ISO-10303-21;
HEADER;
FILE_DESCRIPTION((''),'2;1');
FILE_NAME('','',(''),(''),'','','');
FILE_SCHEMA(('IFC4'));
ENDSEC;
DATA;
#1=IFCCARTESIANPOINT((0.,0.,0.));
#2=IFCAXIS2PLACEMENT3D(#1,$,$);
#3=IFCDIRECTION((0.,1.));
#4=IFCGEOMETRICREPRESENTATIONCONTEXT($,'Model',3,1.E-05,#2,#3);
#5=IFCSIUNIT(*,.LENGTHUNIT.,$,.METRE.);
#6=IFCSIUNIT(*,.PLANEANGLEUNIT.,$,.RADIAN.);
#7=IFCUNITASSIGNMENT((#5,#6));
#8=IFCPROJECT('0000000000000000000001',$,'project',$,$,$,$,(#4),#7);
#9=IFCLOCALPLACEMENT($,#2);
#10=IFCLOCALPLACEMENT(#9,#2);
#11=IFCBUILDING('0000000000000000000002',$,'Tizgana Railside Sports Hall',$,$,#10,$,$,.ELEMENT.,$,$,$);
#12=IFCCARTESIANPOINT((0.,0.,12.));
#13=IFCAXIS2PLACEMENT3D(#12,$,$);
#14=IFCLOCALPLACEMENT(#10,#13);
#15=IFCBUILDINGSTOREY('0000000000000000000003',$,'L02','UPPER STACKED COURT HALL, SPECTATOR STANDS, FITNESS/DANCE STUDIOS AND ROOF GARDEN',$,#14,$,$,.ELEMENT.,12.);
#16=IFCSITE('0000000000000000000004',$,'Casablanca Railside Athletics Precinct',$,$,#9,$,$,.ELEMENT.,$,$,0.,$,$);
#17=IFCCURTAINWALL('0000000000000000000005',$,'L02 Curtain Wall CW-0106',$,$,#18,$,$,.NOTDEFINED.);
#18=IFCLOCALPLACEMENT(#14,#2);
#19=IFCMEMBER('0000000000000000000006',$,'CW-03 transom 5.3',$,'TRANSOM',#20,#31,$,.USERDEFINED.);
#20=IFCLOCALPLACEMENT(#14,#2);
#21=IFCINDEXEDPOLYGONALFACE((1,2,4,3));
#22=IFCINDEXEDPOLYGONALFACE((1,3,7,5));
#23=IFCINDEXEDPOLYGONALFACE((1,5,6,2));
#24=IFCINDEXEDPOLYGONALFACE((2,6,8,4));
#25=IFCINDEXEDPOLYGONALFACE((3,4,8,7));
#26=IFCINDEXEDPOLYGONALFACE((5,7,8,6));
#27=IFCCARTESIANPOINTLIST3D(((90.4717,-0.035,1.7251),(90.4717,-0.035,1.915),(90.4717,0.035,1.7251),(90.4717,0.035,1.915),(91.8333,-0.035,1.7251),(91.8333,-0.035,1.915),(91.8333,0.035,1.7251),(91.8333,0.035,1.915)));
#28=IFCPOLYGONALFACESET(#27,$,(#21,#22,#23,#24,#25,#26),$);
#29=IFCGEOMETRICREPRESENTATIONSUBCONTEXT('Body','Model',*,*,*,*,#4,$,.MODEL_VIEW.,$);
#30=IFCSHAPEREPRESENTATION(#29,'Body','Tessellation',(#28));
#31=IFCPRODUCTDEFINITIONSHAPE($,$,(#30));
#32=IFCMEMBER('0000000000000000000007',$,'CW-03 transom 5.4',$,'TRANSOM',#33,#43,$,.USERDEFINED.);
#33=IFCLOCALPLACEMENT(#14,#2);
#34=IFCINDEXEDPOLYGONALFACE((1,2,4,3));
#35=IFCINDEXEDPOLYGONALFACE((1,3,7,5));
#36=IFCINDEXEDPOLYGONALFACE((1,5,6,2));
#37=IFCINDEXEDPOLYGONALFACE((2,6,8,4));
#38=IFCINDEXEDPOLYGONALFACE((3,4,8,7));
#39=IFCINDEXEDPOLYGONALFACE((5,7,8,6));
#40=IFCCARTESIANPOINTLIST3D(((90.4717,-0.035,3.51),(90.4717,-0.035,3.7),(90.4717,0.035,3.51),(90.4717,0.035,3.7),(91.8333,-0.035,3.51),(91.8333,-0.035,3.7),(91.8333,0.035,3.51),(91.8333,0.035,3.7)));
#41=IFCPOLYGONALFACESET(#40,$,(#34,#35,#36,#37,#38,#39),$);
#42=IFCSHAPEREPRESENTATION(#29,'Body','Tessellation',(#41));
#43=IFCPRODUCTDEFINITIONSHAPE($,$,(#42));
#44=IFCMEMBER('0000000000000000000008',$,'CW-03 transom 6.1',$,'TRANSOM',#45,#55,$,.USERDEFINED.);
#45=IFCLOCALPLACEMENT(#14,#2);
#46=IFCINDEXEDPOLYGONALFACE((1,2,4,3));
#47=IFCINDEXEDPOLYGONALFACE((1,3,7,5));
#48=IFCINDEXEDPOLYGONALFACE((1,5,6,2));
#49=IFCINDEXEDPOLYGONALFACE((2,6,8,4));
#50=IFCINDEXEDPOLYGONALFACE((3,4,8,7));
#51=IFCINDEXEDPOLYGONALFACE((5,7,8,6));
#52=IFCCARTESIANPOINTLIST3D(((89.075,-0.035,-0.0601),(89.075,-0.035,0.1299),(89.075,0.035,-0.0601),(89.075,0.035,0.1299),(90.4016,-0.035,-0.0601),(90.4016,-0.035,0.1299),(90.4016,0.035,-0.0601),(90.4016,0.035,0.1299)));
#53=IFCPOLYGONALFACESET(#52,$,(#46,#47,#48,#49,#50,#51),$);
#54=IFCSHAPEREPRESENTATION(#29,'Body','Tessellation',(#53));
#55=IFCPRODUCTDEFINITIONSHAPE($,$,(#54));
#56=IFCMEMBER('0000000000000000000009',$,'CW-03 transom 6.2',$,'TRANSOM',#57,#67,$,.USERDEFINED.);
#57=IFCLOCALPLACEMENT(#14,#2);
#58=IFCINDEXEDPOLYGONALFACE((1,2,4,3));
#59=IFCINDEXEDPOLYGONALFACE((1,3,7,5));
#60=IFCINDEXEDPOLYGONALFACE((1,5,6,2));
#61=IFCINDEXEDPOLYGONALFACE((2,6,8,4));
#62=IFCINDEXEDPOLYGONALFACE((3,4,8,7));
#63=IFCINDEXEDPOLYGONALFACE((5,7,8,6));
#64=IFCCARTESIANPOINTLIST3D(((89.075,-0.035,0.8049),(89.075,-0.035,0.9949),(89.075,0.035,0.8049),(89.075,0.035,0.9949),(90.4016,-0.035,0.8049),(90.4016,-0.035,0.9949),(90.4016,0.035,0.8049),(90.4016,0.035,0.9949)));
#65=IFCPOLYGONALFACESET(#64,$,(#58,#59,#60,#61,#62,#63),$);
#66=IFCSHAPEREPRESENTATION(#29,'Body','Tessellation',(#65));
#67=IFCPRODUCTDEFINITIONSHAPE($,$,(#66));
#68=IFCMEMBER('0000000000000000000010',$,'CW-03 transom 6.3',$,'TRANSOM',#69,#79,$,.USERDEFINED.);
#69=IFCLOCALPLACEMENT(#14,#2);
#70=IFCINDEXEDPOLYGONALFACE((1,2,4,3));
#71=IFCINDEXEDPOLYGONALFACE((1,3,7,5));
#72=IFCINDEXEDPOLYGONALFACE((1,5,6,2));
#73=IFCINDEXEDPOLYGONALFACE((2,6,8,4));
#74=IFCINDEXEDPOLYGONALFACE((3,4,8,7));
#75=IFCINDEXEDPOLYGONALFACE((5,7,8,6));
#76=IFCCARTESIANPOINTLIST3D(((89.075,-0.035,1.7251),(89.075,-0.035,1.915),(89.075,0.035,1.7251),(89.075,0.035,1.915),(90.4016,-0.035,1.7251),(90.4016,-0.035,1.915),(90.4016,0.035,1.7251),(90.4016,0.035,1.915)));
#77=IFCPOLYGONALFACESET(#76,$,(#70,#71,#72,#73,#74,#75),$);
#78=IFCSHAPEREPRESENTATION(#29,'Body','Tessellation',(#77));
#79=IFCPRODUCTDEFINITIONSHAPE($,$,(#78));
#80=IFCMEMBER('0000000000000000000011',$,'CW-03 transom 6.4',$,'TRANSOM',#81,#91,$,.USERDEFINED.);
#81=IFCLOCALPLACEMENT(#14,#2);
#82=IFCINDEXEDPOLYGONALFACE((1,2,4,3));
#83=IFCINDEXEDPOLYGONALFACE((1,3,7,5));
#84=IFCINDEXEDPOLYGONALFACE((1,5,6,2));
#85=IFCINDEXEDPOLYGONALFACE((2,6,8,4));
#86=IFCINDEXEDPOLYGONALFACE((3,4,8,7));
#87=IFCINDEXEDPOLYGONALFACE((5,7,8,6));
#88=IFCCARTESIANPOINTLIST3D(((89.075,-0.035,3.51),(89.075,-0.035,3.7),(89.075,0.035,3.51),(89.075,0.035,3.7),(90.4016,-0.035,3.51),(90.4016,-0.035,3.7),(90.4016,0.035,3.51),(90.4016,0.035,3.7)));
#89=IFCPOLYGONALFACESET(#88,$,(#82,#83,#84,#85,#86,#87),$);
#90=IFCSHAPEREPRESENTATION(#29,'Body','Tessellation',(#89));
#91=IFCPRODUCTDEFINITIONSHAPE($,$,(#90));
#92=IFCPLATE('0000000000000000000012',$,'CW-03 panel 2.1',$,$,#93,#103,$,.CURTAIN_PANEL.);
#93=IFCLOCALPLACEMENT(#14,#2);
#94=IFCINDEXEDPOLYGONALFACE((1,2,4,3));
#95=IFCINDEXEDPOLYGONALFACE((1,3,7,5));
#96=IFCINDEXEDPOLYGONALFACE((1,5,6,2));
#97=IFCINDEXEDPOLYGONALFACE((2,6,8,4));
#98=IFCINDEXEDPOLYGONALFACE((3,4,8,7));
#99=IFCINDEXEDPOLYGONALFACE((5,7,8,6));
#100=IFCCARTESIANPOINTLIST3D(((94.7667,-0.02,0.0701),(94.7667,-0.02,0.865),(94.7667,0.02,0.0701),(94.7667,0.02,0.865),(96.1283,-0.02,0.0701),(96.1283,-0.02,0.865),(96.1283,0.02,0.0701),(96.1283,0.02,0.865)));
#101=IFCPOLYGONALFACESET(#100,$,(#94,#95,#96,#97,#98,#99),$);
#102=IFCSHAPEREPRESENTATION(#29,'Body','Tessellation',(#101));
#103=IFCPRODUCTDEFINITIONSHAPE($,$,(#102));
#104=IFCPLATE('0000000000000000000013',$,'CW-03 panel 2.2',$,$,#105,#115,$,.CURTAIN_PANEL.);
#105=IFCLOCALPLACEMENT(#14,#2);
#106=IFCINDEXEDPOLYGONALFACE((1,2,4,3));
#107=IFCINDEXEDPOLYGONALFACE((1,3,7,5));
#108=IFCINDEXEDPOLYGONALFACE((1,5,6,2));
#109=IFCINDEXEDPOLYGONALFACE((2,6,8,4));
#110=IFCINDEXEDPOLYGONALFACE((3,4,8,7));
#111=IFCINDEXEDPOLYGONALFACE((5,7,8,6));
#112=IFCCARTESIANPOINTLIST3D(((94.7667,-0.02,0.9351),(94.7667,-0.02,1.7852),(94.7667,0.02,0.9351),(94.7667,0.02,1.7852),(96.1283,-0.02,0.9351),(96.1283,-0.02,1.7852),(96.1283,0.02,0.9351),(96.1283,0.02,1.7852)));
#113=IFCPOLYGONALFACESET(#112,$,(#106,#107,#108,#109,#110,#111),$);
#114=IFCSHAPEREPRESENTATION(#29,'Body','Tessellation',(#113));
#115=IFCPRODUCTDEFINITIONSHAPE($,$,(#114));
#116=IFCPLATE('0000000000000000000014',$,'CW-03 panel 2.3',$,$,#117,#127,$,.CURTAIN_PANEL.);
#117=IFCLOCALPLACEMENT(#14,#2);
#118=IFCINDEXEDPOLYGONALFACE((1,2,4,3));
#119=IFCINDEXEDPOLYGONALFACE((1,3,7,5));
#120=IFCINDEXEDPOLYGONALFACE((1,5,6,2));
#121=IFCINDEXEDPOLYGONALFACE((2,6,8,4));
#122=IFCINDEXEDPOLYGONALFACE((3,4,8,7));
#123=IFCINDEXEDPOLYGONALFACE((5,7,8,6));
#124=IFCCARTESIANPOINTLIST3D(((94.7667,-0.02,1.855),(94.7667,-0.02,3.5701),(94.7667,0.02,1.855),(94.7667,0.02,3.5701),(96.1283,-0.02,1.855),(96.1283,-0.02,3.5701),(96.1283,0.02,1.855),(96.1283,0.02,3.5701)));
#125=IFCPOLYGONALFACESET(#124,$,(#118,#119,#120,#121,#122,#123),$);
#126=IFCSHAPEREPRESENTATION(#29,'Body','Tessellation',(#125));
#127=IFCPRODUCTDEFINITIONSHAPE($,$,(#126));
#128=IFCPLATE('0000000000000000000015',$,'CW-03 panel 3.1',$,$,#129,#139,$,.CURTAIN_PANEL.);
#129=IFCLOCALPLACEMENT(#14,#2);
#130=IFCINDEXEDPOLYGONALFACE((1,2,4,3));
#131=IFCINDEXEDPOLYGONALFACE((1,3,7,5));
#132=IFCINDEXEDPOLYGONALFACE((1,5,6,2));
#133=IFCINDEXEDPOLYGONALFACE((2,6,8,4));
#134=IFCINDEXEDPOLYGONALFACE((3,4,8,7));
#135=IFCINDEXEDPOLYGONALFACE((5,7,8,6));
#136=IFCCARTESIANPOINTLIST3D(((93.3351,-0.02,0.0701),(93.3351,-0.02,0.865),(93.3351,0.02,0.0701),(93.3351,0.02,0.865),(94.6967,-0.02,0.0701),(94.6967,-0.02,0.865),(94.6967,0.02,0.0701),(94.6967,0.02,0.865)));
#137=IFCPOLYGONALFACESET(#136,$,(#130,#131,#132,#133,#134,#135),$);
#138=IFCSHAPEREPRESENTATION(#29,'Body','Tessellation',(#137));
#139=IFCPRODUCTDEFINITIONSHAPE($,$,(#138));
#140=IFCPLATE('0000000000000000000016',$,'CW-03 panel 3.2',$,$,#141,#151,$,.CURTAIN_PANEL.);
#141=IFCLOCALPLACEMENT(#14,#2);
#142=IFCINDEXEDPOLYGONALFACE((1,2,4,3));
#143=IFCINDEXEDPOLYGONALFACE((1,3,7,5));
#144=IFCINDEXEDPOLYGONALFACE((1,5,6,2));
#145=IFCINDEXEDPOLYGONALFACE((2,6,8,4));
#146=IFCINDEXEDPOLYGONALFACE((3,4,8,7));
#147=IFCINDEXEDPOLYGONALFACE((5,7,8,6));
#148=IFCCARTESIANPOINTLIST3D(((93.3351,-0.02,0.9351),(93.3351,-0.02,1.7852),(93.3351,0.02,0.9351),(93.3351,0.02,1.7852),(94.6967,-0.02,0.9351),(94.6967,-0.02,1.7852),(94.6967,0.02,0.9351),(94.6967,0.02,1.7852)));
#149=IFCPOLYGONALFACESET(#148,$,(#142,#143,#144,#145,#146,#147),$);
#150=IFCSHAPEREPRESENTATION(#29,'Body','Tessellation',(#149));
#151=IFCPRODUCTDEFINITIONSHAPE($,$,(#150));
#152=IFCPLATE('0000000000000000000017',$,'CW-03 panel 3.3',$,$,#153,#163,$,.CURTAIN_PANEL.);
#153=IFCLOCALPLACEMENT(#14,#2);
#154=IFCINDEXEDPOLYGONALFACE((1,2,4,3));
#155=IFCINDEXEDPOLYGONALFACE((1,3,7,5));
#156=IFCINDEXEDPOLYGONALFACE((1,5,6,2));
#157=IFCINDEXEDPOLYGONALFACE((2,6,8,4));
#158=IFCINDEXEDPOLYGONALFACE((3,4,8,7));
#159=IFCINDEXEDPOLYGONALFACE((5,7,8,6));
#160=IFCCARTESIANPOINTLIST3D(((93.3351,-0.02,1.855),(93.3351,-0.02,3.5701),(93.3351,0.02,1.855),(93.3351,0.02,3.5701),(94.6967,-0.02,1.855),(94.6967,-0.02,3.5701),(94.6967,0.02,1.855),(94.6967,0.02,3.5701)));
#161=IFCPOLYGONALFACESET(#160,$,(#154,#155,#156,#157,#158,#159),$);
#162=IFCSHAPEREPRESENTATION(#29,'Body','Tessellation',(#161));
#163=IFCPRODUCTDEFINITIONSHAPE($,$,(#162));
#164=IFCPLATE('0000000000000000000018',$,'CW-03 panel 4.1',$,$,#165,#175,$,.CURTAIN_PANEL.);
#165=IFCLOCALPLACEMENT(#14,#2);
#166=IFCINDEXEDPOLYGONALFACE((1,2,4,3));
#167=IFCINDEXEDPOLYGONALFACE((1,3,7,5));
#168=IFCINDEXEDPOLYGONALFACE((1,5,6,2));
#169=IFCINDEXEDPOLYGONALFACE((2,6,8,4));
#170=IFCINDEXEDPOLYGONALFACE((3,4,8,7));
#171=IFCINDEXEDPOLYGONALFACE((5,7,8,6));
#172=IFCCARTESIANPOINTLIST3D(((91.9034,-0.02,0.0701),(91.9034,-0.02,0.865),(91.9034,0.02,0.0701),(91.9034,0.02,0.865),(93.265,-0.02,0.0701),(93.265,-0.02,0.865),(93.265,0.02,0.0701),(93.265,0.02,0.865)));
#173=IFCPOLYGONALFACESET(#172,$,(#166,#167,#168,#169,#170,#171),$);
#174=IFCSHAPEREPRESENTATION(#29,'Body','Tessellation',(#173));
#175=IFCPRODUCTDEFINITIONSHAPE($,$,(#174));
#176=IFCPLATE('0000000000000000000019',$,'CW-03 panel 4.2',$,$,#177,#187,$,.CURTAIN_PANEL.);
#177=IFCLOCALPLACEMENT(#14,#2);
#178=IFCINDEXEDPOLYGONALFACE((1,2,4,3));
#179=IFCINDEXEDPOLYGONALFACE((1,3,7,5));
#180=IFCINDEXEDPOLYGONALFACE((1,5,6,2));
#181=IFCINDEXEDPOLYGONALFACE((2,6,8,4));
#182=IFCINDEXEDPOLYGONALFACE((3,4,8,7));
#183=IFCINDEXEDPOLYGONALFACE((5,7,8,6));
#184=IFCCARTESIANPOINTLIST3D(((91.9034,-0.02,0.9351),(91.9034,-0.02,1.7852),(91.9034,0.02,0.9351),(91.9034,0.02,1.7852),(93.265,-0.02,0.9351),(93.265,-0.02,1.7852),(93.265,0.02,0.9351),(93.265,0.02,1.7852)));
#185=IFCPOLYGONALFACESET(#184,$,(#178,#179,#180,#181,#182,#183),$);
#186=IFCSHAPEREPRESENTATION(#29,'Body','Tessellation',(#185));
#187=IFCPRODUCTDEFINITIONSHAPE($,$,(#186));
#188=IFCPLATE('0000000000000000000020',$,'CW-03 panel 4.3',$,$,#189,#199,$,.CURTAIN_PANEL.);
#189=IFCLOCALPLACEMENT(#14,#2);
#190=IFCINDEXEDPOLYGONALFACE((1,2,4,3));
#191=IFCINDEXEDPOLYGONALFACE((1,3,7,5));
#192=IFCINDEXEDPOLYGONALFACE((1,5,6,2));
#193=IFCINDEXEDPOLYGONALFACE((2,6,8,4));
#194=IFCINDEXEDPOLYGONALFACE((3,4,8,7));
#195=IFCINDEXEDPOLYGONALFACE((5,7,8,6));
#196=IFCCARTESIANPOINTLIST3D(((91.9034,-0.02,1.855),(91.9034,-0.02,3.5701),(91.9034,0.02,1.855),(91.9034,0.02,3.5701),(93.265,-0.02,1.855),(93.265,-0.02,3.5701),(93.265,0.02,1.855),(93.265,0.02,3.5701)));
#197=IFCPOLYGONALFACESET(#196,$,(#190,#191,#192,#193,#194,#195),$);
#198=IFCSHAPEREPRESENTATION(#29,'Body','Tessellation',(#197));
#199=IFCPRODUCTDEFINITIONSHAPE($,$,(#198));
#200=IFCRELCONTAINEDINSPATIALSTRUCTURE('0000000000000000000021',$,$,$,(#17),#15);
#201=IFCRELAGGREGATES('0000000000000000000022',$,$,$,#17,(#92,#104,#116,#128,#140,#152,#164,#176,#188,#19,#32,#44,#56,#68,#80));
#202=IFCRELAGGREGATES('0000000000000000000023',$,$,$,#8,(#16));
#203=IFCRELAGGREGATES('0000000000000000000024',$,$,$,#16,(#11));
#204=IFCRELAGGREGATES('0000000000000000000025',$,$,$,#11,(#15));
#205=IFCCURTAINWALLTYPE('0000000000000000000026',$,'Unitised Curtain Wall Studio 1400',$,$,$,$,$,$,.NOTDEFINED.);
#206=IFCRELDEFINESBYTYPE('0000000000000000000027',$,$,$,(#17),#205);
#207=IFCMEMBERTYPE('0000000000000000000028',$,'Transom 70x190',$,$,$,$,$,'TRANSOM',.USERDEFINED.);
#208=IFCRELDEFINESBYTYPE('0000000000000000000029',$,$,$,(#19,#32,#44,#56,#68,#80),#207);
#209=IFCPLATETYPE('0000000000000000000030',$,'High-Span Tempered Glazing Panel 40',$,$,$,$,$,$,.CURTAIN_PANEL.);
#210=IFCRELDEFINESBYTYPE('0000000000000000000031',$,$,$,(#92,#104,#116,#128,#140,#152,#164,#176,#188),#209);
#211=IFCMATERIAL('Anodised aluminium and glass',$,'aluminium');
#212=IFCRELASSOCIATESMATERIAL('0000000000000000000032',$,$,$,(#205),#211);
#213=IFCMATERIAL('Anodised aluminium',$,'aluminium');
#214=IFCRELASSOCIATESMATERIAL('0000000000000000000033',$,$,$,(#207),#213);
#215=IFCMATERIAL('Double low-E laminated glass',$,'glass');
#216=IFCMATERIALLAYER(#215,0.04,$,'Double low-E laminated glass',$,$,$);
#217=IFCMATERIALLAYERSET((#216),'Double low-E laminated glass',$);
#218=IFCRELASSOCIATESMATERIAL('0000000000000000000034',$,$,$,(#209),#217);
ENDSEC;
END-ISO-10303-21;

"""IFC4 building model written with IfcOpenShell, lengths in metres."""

from ifc_helpers import new_model, si_unit, direction, frame, origin, origin_2d, place, context, subcontext, project, spatial, rectangle, extrude, material, layer, layer_set, material_profile, profile_set, type_object, element, aggregate, save


model = new_model("IFC4")

# Units and contexts
model_context = context("Model", 3, precision=1e-05, world=origin(), true_north=direction((0.0, 1.0)))
body_context = subcontext(model_context, "Body", "Model", "MODEL_VIEW")
ifc_project = project(units=[si_unit("LENGTHUNIT", "METRE"), si_unit("PLANEANGLEUNIT", "RADIAN")], contexts=[model_context])

# Site, building, storey
site_placement = place(None, origin())
site = spatial("IfcSite", under=ifc_project, at=site_placement, Name="Casablanca Railside Athletics Precinct", CompositionType="ELEMENT", RefElevation=0.0)
building_placement = place(site_placement, origin())
building = spatial("IfcBuilding", under=site, at=building_placement, Name="Tizgana Railside Sports Hall", CompositionType="ELEMENT")
storey_placement = place(building_placement, frame((0.0, 0.0, 12.0)))
storey = spatial("IfcBuildingStorey", under=building, at=storey_placement, Name="L02", Description="UPPER STACKED COURT HALL, SPECTATOR STANDS, FITNESS/DANCE STUDIOS AND ROOF GARDEN", CompositionType="ELEMENT", Elevation=12.0)

# Curtain wall, members, plates
ifc_material_1 = material(Name="Anodised aluminium and glass", Category="aluminium")
curtain_wall_type = type_object("IfcCurtainWallType", Name="Unitised Curtain Wall Studio 1400", PredefinedType="NOTDEFINED", material=ifc_material_1)
curtain_wall_placement = place(storey_placement, origin())
curtain_wall = element("IfcCurtainWall", 1, at=curtain_wall_placement, inside=storey, type_object=curtain_wall_type, Name="L02 Curtain Wall CW-0106", PredefinedType="NOTDEFINED")
ifc_material_2 = material(Name="Anodised aluminium", Category="aluminium")
ifc_material_profile_1 = material_profile(ifc_material_2, rectangle(XDim=0.0701, YDim=0.1899, at=origin_2d()), Name="Transom 70x190")
ifc_profile_set_1 = profile_set([ifc_material_profile_1], Name="Anodised aluminium")
member_type_1 = type_object("IfcMemberType", Name="Transom 70x190", ElementType="TRANSOM", PredefinedType="USERDEFINED", material=ifc_profile_set_1)
member_1_placement = place(storey_placement, frame((91.8333, 0.0, 1.8201), z_axis=(-1.0, 0.0, 0.0), x_axis=(0.0, -1.0, 0.0)))
member_1 = element("IfcMember", 2, at=member_1_placement, type_object=member_type_1, Name="CW-03 transom 5.3", ObjectType="TRANSOM", PredefinedType="USERDEFINED", context=body_context, shape_type="SweptSolid", body=[
    extrude(rectangle(XDim=0.0701, YDim=0.1899, at=origin_2d()), origin(), (0.0, 0.0, 1.0), 1.3616),
])
member_2_placement = place(storey_placement, frame((91.8333, 0.0, 3.605), z_axis=(-1.0, 0.0, 0.0), x_axis=(0.0, -1.0, 0.0)))
member_2 = element("IfcMember", 3, at=member_2_placement, type_object=member_type_1, Name="CW-03 transom 5.4", ObjectType="TRANSOM", PredefinedType="USERDEFINED", context=body_context, shape_type="SweptSolid", body=[
    extrude(rectangle(XDim=0.0701, YDim=0.1899, at=origin_2d()), origin(), (0.0, 0.0, 1.0), 1.3616),
])
member_3_placement = place(storey_placement, frame((90.4016, 0.0, 0.0349), z_axis=(-1.0, 0.0, 0.0), x_axis=(0.0, -1.0, 0.0)))
member_3 = element("IfcMember", 4, at=member_3_placement, type_object=member_type_1, Name="CW-03 transom 6.1", ObjectType="TRANSOM", PredefinedType="USERDEFINED", context=body_context, shape_type="SweptSolid", body=[
    extrude(rectangle(XDim=0.0701, YDim=0.1899, at=origin_2d()), origin(), (0.0, 0.0, 1.0), 1.3267),
])
member_4_placement = place(storey_placement, frame((90.4016, 0.0, 0.8999), z_axis=(-1.0, 0.0, 0.0), x_axis=(0.0, -1.0, 0.0)))
member_4 = element("IfcMember", 5, at=member_4_placement, type_object=member_type_1, Name="CW-03 transom 6.2", ObjectType="TRANSOM", PredefinedType="USERDEFINED", context=body_context, shape_type="SweptSolid", body=[
    extrude(rectangle(XDim=0.0701, YDim=0.1899, at=origin_2d()), origin(), (0.0, 0.0, 1.0), 1.3267),
])
member_5_placement = place(storey_placement, frame((90.4016, 0.0, 1.8201), z_axis=(-1.0, 0.0, 0.0), x_axis=(0.0, -1.0, 0.0)))
member_5 = element("IfcMember", 6, at=member_5_placement, type_object=member_type_1, Name="CW-03 transom 6.3", ObjectType="TRANSOM", PredefinedType="USERDEFINED", context=body_context, shape_type="SweptSolid", body=[
    extrude(rectangle(XDim=0.0701, YDim=0.1899, at=origin_2d()), origin(), (0.0, 0.0, 1.0), 1.3267),
])
member_6_placement = place(storey_placement, frame((90.4016, 0.0, 3.605), z_axis=(-1.0, 0.0, 0.0), x_axis=(0.0, -1.0, 0.0)))
member_6 = element("IfcMember", 7, at=member_6_placement, type_object=member_type_1, Name="CW-03 transom 6.4", ObjectType="TRANSOM", PredefinedType="USERDEFINED", context=body_context, shape_type="SweptSolid", body=[
    extrude(rectangle(XDim=0.0701, YDim=0.1899, at=origin_2d()), origin(), (0.0, 0.0, 1.0), 1.3267),
])
ifc_material_3 = material(Name="Double low-E laminated glass", Category="glass")
ifc_layer_1 = layer(ifc_material_3, 0.04, Name="Double low-E laminated glass")
ifc_layer_set_1 = layer_set([ifc_layer_1], Name="Double low-E laminated glass")
plate_type = type_object("IfcPlateType", Name="High-Span Tempered Glazing Panel 40", PredefinedType="CURTAIN_PANEL", material=ifc_layer_set_1)
plate_1_placement = place(storey_placement, frame((95.4475, 0.0, 0.0701), z_axis=(0.0, 0.0, 1.0), x_axis=(-1.0, 0.0, 0.0)))
plate_1 = element("IfcPlate", 8, at=plate_1_placement, type_object=plate_type, Name="CW-03 panel 2.1", PredefinedType="CURTAIN_PANEL", context=body_context, shape_type="SweptSolid", body=[
    extrude(rectangle(XDim=1.3616, YDim=0.04, at=origin_2d()), origin(), (0.0, 0.0, 1.0), 0.7949),
])
plate_2_placement = place(storey_placement, frame((95.4475, 0.0, 0.9351), z_axis=(0.0, 0.0, 1.0), x_axis=(-1.0, 0.0, 0.0)))
plate_2 = element("IfcPlate", 9, at=plate_2_placement, type_object=plate_type, Name="CW-03 panel 2.2", PredefinedType="CURTAIN_PANEL", context=body_context, shape_type="SweptSolid", body=[
    extrude(rectangle(XDim=1.3616, YDim=0.04, at=origin_2d()), origin(), (0.0, 0.0, 1.0), 0.8501),
])
plate_3_placement = place(storey_placement, frame((95.4475, 0.0, 1.855), z_axis=(0.0, 0.0, 1.0), x_axis=(-1.0, 0.0, 0.0)))
plate_3 = element("IfcPlate", 10, at=plate_3_placement, type_object=plate_type, Name="CW-03 panel 2.3", PredefinedType="CURTAIN_PANEL", context=body_context, shape_type="SweptSolid", body=[
    extrude(rectangle(XDim=1.3616, YDim=0.04, at=origin_2d()), origin(), (0.0, 0.0, 1.0), 1.7151),
])
plate_4_placement = place(storey_placement, frame((94.0159, 0.0, 0.0701), z_axis=(0.0, 0.0, 1.0), x_axis=(-1.0, 0.0, 0.0)))
plate_4 = element("IfcPlate", 11, at=plate_4_placement, type_object=plate_type, Name="CW-03 panel 3.1", PredefinedType="CURTAIN_PANEL", context=body_context, shape_type="SweptSolid", body=[
    extrude(rectangle(XDim=1.3616, YDim=0.04, at=origin_2d()), origin(), (0.0, 0.0, 1.0), 0.7949),
])
plate_5_placement = place(storey_placement, frame((94.0159, 0.0, 0.9351), z_axis=(0.0, 0.0, 1.0), x_axis=(-1.0, 0.0, 0.0)))
plate_5 = element("IfcPlate", 12, at=plate_5_placement, type_object=plate_type, Name="CW-03 panel 3.2", PredefinedType="CURTAIN_PANEL", context=body_context, shape_type="SweptSolid", body=[
    extrude(rectangle(XDim=1.3616, YDim=0.04, at=origin_2d()), origin(), (0.0, 0.0, 1.0), 0.8501),
])
plate_6_placement = place(storey_placement, frame((94.0159, 0.0, 1.855), z_axis=(0.0, 0.0, 1.0), x_axis=(-1.0, 0.0, 0.0)))
plate_6 = element("IfcPlate", 13, at=plate_6_placement, type_object=plate_type, Name="CW-03 panel 3.3", PredefinedType="CURTAIN_PANEL", context=body_context, shape_type="SweptSolid", body=[
    extrude(rectangle(XDim=1.3616, YDim=0.04, at=origin_2d()), origin(), (0.0, 0.0, 1.0), 1.7151),
])
plate_7_placement = place(storey_placement, frame((92.5842, 0.0, 0.0701), z_axis=(0.0, 0.0, 1.0), x_axis=(-1.0, 0.0, 0.0)))
plate_7 = element("IfcPlate", 14, at=plate_7_placement, type_object=plate_type, Name="CW-03 panel 4.1", PredefinedType="CURTAIN_PANEL", context=body_context, shape_type="SweptSolid", body=[
    extrude(rectangle(XDim=1.3616, YDim=0.04, at=origin_2d()), origin(), (0.0, 0.0, 1.0), 0.7949),
])
plate_8_placement = place(storey_placement, frame((92.5842, 0.0, 0.9351), z_axis=(0.0, 0.0, 1.0), x_axis=(-1.0, 0.0, 0.0)))
plate_8 = element("IfcPlate", 15, at=plate_8_placement, type_object=plate_type, Name="CW-03 panel 4.2", PredefinedType="CURTAIN_PANEL", context=body_context, shape_type="SweptSolid", body=[
    extrude(rectangle(XDim=1.3616, YDim=0.04, at=origin_2d()), origin(), (0.0, 0.0, 1.0), 0.8501),
])
plate_9_placement = place(storey_placement, frame((92.5842, 0.0, 1.855), z_axis=(0.0, 0.0, 1.0), x_axis=(-1.0, 0.0, 0.0)))
plate_9 = element("IfcPlate", 16, at=plate_9_placement, type_object=plate_type, Name="CW-03 panel 4.3", PredefinedType="CURTAIN_PANEL", context=body_context, shape_type="SweptSolid", body=[
    extrude(rectangle(XDim=1.3616, YDim=0.04, at=origin_2d()), origin(), (0.0, 0.0, 1.0), 1.7151),
])
aggregate(curtain_wall, [plate_1, plate_2, plate_3, plate_4, plate_5, plate_6, plate_7, plate_8, plate_9, member_1, member_2, member_3, member_4, member_5, member_6])

save(model, "model.ifc")
